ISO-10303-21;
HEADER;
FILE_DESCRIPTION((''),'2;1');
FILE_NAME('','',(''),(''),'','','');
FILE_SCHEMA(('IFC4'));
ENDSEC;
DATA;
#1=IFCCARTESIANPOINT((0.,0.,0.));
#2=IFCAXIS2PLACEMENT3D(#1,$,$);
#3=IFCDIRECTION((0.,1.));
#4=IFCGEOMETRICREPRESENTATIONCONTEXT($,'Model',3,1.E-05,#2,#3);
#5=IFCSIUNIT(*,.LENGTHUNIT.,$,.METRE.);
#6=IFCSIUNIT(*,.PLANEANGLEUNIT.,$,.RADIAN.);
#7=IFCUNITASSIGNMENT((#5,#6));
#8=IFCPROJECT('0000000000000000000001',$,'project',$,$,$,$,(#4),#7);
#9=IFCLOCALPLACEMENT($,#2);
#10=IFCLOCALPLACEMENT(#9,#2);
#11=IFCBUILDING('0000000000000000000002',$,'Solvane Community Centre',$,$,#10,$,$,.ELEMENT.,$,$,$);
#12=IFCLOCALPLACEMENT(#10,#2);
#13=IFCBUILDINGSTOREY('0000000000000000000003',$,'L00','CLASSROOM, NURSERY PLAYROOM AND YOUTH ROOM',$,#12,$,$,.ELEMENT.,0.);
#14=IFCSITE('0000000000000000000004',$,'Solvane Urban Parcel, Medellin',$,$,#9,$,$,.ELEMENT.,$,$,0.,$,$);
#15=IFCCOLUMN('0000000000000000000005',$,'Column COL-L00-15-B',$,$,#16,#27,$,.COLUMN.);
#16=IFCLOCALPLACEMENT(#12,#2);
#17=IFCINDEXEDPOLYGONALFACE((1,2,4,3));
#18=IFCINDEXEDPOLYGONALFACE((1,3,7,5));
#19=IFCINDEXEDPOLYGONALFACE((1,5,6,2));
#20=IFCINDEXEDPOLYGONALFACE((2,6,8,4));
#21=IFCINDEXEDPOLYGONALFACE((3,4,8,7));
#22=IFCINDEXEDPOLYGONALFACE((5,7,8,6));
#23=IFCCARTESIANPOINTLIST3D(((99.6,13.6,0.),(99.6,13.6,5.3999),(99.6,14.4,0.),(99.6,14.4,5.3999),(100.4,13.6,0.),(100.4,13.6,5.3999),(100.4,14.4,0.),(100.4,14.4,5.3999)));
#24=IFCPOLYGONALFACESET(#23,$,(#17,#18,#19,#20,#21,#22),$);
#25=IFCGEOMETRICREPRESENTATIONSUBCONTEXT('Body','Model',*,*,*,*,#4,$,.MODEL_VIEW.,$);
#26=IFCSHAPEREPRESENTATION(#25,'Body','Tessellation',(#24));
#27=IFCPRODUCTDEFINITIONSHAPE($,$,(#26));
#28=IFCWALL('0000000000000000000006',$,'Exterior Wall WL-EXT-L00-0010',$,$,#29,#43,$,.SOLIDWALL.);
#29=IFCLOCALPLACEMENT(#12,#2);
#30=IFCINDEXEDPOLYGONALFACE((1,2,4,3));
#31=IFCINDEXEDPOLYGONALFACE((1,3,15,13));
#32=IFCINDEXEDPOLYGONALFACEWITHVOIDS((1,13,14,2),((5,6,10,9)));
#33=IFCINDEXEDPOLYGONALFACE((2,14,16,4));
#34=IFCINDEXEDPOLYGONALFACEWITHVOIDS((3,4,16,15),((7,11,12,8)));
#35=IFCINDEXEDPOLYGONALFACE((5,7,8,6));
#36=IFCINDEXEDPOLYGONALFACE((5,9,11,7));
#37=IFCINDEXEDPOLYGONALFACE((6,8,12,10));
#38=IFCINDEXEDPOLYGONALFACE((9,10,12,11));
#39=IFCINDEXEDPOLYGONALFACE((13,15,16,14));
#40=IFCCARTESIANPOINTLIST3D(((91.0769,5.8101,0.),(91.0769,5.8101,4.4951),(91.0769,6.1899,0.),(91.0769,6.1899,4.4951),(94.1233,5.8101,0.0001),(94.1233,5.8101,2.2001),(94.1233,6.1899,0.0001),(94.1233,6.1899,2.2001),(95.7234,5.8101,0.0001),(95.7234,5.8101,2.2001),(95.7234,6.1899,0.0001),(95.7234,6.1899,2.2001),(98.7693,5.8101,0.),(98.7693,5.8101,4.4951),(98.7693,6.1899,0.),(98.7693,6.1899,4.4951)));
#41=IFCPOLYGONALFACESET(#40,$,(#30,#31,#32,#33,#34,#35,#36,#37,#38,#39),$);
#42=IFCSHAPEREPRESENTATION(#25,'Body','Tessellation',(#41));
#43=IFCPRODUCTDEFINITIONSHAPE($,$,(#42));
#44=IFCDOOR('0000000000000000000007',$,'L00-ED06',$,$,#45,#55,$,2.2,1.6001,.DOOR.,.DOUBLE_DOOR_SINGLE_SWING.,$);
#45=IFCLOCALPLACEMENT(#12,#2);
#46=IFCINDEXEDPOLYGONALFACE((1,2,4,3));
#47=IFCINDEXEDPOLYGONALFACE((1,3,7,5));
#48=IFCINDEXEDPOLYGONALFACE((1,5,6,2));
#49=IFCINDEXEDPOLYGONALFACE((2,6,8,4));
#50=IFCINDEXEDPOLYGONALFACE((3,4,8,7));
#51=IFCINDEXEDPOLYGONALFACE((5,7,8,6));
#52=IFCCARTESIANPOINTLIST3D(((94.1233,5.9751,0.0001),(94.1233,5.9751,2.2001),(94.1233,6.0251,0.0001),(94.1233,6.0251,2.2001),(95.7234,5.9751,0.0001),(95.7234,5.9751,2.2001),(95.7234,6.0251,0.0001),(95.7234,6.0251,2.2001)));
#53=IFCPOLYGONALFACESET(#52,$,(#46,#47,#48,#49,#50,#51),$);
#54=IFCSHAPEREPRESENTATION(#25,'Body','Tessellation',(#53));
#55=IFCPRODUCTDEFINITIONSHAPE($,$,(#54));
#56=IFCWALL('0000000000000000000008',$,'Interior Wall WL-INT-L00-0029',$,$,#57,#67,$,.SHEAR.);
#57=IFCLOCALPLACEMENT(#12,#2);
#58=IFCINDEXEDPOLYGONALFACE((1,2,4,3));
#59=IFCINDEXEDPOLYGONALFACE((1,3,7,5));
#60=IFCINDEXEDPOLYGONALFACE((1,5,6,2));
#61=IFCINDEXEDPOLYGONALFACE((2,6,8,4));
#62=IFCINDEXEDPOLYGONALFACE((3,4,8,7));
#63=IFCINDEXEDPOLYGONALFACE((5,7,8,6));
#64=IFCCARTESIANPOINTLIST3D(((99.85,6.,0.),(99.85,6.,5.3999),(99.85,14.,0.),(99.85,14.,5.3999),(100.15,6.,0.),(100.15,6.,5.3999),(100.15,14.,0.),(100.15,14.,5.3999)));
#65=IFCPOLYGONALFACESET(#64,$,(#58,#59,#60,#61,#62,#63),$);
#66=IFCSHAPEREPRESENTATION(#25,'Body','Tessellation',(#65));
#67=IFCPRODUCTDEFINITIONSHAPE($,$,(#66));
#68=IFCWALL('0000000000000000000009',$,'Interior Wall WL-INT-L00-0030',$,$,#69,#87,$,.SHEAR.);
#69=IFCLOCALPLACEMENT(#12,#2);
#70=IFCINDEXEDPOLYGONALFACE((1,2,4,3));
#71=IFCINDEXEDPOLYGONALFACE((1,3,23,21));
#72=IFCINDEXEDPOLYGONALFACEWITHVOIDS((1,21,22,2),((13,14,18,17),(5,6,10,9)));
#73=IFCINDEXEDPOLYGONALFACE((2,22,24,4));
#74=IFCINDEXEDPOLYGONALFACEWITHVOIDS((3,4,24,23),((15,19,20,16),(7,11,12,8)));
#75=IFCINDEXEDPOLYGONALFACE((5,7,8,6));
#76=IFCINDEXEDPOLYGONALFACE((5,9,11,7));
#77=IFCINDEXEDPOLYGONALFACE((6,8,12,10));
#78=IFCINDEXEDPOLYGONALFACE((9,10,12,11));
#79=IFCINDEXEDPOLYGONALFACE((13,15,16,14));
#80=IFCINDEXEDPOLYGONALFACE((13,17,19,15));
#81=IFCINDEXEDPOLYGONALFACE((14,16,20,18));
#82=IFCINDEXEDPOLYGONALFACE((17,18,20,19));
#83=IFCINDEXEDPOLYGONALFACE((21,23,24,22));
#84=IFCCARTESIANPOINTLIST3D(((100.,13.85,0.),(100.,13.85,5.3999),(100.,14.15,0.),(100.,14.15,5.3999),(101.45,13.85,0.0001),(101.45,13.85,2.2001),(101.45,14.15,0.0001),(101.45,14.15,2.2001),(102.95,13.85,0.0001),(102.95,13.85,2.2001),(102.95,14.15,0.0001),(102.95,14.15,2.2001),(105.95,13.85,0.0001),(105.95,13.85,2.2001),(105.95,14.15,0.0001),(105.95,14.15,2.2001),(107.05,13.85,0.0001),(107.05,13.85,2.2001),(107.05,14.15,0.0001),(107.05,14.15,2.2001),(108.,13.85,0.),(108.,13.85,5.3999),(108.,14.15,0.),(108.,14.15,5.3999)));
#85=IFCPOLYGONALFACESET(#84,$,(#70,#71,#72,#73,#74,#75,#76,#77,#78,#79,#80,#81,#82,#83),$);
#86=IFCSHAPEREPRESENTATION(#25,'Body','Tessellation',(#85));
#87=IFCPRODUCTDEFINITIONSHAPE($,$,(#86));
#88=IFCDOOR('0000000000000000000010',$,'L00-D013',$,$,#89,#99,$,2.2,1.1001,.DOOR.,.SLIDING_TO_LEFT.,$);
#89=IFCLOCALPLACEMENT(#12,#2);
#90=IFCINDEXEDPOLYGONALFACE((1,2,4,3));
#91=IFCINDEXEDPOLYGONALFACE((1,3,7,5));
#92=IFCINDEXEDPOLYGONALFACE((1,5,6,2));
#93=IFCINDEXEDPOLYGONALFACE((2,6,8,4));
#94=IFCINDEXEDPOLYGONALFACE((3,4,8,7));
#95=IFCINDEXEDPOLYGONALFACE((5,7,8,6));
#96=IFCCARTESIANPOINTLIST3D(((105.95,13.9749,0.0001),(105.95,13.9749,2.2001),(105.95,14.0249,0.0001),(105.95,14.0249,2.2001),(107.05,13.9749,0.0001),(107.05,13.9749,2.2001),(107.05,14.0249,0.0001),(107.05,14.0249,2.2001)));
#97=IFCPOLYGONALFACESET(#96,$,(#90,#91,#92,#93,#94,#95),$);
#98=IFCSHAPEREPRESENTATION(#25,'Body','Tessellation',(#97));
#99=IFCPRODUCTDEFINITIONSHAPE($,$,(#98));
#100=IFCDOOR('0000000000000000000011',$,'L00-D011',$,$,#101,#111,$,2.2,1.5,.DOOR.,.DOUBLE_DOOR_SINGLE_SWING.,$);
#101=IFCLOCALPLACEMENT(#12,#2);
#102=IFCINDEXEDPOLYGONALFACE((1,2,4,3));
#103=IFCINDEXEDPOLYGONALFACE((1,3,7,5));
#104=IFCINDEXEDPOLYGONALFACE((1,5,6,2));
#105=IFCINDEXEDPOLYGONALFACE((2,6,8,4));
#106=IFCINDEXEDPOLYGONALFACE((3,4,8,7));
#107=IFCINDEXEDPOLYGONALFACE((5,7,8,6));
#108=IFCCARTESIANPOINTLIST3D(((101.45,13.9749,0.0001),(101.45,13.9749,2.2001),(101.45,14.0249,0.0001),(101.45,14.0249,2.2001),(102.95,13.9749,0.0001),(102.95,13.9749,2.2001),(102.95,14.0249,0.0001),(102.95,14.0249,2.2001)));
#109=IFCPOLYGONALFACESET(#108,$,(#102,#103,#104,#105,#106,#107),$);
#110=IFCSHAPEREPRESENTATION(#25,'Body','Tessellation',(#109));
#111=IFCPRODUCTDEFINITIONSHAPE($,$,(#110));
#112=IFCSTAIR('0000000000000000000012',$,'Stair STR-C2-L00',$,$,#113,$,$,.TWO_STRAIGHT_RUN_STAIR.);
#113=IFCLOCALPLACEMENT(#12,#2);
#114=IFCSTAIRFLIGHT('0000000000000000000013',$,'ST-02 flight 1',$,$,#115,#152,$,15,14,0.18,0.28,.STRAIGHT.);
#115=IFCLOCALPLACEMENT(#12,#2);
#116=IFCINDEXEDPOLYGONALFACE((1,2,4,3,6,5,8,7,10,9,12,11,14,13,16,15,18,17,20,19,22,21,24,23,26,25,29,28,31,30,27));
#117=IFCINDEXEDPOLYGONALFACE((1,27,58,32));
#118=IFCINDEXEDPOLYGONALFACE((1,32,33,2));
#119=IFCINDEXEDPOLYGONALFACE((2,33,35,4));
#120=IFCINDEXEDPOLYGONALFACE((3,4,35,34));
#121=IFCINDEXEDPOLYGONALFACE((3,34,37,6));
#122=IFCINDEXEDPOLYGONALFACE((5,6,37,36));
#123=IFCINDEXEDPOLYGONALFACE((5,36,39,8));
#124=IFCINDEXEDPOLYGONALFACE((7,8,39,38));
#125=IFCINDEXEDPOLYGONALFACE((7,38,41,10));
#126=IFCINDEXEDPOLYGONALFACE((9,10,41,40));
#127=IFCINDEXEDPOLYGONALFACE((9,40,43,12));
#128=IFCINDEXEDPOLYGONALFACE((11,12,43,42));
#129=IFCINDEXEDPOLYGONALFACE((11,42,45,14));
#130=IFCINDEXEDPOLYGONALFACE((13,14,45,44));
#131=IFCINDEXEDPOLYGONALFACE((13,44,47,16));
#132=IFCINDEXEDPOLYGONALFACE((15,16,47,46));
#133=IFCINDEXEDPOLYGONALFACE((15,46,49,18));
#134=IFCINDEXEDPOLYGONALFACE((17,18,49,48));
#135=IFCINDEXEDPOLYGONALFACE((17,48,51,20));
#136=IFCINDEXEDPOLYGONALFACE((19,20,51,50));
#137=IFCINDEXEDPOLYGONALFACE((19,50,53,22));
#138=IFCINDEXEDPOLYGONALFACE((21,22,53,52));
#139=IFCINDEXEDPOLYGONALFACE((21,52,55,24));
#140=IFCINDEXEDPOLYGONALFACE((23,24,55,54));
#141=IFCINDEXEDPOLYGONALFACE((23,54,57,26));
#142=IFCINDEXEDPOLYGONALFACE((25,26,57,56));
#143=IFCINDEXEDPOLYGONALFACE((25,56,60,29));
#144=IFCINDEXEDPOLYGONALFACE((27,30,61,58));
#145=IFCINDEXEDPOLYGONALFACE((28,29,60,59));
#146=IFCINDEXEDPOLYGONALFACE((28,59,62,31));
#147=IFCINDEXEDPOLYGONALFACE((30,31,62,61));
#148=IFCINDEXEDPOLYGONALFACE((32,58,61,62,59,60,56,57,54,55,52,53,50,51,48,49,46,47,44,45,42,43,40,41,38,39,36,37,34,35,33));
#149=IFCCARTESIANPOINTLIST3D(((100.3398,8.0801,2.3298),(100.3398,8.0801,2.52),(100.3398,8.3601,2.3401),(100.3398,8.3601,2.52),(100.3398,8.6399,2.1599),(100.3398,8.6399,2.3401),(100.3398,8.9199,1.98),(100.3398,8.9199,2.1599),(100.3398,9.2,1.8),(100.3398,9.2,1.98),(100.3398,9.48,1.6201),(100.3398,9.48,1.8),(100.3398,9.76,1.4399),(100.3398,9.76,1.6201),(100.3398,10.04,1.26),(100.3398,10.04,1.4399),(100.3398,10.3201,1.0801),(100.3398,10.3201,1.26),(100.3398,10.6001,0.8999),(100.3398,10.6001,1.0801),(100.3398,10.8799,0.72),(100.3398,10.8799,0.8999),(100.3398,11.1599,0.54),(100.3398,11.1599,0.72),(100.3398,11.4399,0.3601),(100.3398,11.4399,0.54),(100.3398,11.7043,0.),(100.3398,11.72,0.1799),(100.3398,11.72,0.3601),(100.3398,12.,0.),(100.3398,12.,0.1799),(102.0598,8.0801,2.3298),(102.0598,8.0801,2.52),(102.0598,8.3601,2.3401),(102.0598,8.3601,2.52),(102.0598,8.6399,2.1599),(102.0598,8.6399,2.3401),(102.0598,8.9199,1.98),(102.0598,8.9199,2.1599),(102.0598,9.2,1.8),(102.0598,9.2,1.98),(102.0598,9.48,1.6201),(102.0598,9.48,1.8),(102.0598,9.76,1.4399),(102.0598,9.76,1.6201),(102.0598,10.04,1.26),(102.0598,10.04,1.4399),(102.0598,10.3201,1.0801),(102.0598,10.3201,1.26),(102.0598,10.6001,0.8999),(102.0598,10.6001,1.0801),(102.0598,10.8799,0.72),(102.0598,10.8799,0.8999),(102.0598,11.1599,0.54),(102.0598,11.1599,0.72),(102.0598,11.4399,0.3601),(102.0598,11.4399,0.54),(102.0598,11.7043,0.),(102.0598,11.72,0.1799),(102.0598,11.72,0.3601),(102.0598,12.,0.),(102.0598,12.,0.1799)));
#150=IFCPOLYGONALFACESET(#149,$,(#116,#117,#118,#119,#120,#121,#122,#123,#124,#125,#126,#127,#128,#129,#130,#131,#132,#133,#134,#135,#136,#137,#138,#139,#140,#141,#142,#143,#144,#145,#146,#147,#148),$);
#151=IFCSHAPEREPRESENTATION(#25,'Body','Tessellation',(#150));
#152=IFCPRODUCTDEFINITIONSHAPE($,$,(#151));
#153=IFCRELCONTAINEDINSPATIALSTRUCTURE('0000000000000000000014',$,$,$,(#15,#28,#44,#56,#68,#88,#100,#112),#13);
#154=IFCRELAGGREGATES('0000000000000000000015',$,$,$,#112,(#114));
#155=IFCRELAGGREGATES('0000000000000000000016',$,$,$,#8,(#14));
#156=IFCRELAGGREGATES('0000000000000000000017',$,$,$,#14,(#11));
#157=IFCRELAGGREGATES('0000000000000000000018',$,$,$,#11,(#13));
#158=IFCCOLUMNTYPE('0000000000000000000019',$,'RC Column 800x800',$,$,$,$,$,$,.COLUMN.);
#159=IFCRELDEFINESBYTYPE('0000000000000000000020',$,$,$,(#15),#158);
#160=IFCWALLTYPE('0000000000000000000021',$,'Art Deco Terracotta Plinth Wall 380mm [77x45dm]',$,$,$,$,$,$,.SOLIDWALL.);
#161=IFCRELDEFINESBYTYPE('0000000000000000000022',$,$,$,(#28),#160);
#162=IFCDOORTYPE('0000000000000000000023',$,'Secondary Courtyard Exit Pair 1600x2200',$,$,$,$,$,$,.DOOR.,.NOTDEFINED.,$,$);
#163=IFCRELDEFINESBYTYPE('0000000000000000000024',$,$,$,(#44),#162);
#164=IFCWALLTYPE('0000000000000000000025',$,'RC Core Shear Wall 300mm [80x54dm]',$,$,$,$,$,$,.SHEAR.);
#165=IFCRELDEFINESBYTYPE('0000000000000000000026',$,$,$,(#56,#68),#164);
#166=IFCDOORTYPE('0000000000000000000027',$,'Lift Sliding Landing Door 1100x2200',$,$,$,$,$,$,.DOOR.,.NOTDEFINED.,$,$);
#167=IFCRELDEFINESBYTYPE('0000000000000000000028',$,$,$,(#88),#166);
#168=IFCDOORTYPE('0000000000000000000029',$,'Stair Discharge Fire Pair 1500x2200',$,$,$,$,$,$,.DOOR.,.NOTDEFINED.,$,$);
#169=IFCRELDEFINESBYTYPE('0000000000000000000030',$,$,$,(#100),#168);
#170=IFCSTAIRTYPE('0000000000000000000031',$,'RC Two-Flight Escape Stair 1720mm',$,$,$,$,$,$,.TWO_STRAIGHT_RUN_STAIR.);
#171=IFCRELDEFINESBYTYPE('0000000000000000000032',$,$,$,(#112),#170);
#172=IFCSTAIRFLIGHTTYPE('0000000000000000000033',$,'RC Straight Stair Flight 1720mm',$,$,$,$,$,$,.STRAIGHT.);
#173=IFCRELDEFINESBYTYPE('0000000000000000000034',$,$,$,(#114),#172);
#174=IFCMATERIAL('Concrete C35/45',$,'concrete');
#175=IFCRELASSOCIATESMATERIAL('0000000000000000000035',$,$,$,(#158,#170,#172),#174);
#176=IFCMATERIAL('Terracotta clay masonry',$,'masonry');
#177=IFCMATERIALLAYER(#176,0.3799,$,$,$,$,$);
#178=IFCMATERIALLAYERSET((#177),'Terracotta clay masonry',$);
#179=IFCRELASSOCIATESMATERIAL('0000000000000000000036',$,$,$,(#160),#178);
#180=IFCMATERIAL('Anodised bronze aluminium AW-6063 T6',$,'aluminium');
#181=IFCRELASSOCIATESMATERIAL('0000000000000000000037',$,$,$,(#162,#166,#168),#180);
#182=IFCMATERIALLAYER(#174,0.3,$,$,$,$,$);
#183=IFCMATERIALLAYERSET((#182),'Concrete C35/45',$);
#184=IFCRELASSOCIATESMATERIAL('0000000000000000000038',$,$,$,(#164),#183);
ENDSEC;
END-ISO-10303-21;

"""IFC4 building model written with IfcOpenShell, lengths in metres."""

from ifc_helpers import new_model, si_unit, direction, frame, frame_2d, origin, origin_2d, place, context, subcontext, project, spatial, polyline, rectangle, outline, extrude, material, layer, layer_set, material_profile, profile_set, type_object, element, fill, aggregate, save


model = new_model("IFC4")

# Units and contexts
model_context = context("Model", 3, precision=1e-05, world=origin(), true_north=direction((0.0, 1.0)))
body_context = subcontext(model_context, "Body", "Model", "MODEL_VIEW")
ifc_project = project(units=[si_unit("LENGTHUNIT", "METRE"), si_unit("PLANEANGLEUNIT", "RADIAN")], contexts=[model_context])

# Site, building, storey
site_placement = place(None, origin())
site = spatial("IfcSite", under=ifc_project, at=site_placement, Name="Solvane Urban Parcel, Medellin", CompositionType="ELEMENT", RefElevation=0.0)
building_placement = place(site_placement, origin())
building = spatial("IfcBuilding", under=site, at=building_placement, Name="Solvane Community Centre", CompositionType="ELEMENT")
storey_placement = place(building_placement, origin())
storey = spatial("IfcBuildingStorey", under=building, at=storey_placement, Name="L00", Description="CLASSROOM, NURSERY PLAYROOM AND YOUTH ROOM", CompositionType="ELEMENT", Elevation=0.0)

# Column
ifc_material_1 = material(Name="Concrete C35/45", Category="concrete")
ifc_material_profile_1 = material_profile(ifc_material_1, rectangle(XDim=0.8, YDim=0.8, at=origin_2d()), Name="RC 800x800")
ifc_profile_set_1 = profile_set([ifc_material_profile_1], Name="Concrete C35/45")
column_type_1 = type_object("IfcColumnType", Name="RC Column 800x800", PredefinedType="COLUMN", material=ifc_profile_set_1)
for number, where, z_axis, x_axis, name in (
    (1, (100.0, 14.0, 0.0), (0.0, 0.0, 1.0), (1.0, 0.0, 0.0), "Column COL-L00-15-B"),
):
    element("IfcColumn", number, at=place(storey_placement, frame(where, z_axis=z_axis, x_axis=x_axis)), inside=storey, type_object=column_type_1, Name=name, PredefinedType="COLUMN", context=body_context, shape_type="SweptSolid", body=[
        extrude(rectangle(XDim=0.8, YDim=0.8, at=origin_2d()), origin(), (0.0, 0.0, 1.0), 5.3999),
    ])

# Wall, opening, door
ifc_material_2 = material(Name="Terracotta clay masonry", Category="masonry")
ifc_layer_1 = layer(ifc_material_2, 0.3799)
ifc_layer_set_1 = layer_set([ifc_layer_1], Name="Terracotta clay masonry")
wall_type_1 = type_object("IfcWallType", Name="Art Deco Terracotta Plinth Wall 380mm [77x45dm]", PredefinedType="SOLIDWALL", material=ifc_layer_set_1)
wall_1_placement = place(storey_placement, frame((98.7693, 6.0, 0.0), z_axis=(0.0, 0.0, 1.0), x_axis=(-1.0, 0.0, 0.0)))
wall_1 = element("IfcWall", 2, at=wall_1_placement, inside=storey, type_object=wall_type_1, Name="Exterior Wall WL-EXT-L00-0010", PredefinedType="SOLIDWALL", context=body_context, shape_type="SweptSolid", body=[
    extrude(rectangle(XDim=7.6924, YDim=0.3799, at=frame_2d((3.8462, 0.0))), origin(), (0.0, 0.0, 1.0), 4.4951),
])
opening_1_placement = place(wall_1_placement, frame((3.0459, 0.0, 0.0)))
opening_1 = element("IfcOpeningElement", 3, at=opening_1_placement, cuts=wall_1, PredefinedType="OPENING", context=body_context, shape_type="SweptSolid", body=[
    extrude(rectangle(XDim=1.6001, YDim=2.2, at=frame_2d((0.8, 1.1001))), frame((0.0, 0.2, 0.0), z_axis=(0.0, -1.0, 0.0), x_axis=(1.0, 0.0, 0.0)), (0.0, 0.0, 1.0), 0.3999),
])
ifc_material_3 = material(Name="Anodised bronze aluminium AW-6063 T6", Category="aluminium")
door_type_1 = type_object("IfcDoorType", Name="Secondary Courtyard Exit Pair 1600x2200", OperationType="NOTDEFINED", PredefinedType="DOOR", material=ifc_material_3)
door_1_placement = place(opening_1_placement, origin())
door_1 = element("IfcDoor", 4, at=door_1_placement, inside=storey, type_object=door_type_1, Name="L00-ED06", OperationType="DOUBLE_DOOR_SINGLE_SWING", OverallHeight=2.2, OverallWidth=1.6001, PredefinedType="DOOR", context=body_context, shape_type="SweptSolid", body=[
    extrude(rectangle(XDim=1.6001, YDim=2.2, at=frame_2d((0.8, 1.1001))), frame((0.0, 0.0249, 0.0), z_axis=(0.0, -1.0, 0.0), x_axis=(1.0, 0.0, 0.0)), (0.0, 0.0, 1.0), 0.05),
])
fill(opening_1, door_1)

# Wall
ifc_layer_2 = layer(ifc_material_1, 0.3)
ifc_layer_set_2 = layer_set([ifc_layer_2], Name="Concrete C35/45")
wall_type_2 = type_object("IfcWallType", Name="RC Core Shear Wall 300mm [80x54dm]", PredefinedType="SHEAR", material=ifc_layer_set_2)
wall_2_placement = place(storey_placement, frame((100.0, 6.0, 0.0), z_axis=(0.0, 0.0, 1.0), x_axis=(0.0, 1.0, 0.0)))
element("IfcWall", 5, at=wall_2_placement, inside=storey, type_object=wall_type_2, Name="Interior Wall WL-INT-L00-0029", PredefinedType="SHEAR", context=body_context, shape_type="SweptSolid", body=[
    extrude(rectangle(XDim=8.0, YDim=0.3, at=frame_2d((4.0, 0.0))), origin(), (0.0, 0.0, 1.0), 5.3999),
])

# Wall, openings, doors
wall_3_placement = place(storey_placement, frame((100.0, 14.0, 0.0), z_axis=(0.0, 0.0, 1.0), x_axis=(1.0, 0.0, 0.0)))
wall_3 = element("IfcWall", 6, at=wall_3_placement, inside=storey, type_object=wall_type_2, Name="Interior Wall WL-INT-L00-0030", PredefinedType="SHEAR", context=body_context, shape_type="SweptSolid", body=[
    extrude(rectangle(XDim=8.0, YDim=0.3, at=frame_2d((4.0, 0.0))), origin(), (0.0, 0.0, 1.0), 5.3999),
])
opening_2_placement = place(wall_3_placement, frame((1.45, 0.0, 0.0)))
opening_2 = element("IfcOpeningElement", 7, at=opening_2_placement, cuts=wall_3, PredefinedType="OPENING", context=body_context, shape_type="SweptSolid", body=[
    extrude(rectangle(XDim=1.5, YDim=2.2, at=frame_2d((0.75, 1.1001))), frame((0.0, 0.1599, 0.0), z_axis=(0.0, -1.0, 0.0), x_axis=(1.0, 0.0, 0.0)), (0.0, 0.0, 1.0), 0.3201),
])
opening_3_placement = place(wall_3_placement, frame((5.95, 0.0, 0.0)))
opening_3 = element("IfcOpeningElement", 8, at=opening_3_placement, cuts=wall_3, PredefinedType="OPENING", context=body_context, shape_type="SweptSolid", body=[
    extrude(rectangle(XDim=1.1001, YDim=2.2, at=frame_2d((0.55, 1.1001))), frame((0.0, 0.1599, 0.0), z_axis=(0.0, -1.0, 0.0), x_axis=(1.0, 0.0, 0.0)), (0.0, 0.0, 1.0), 0.3201),
])
door_type_2 = type_object("IfcDoorType", Name="Lift Sliding Landing Door 1100x2200", OperationType="NOTDEFINED", PredefinedType="DOOR", material=ifc_material_3)
door_2_placement = place(opening_3_placement, origin())
door_2 = element("IfcDoor", 9, at=door_2_placement, inside=storey, type_object=door_type_2, Name="L00-D013", OperationType="SLIDING_TO_LEFT", OverallHeight=2.2, OverallWidth=1.1001, PredefinedType="DOOR", context=body_context, shape_type="SweptSolid", body=[
    extrude(rectangle(XDim=1.1001, YDim=2.2, at=frame_2d((0.55, 1.1001))), frame((0.0, 0.0249, 0.0), z_axis=(0.0, -1.0, 0.0), x_axis=(1.0, 0.0, 0.0)), (0.0, 0.0, 1.0), 0.05),
])
fill(opening_3, door_2)
door_type_3 = type_object("IfcDoorType", Name="Stair Discharge Fire Pair 1500x2200", OperationType="NOTDEFINED", PredefinedType="DOOR", material=ifc_material_3)
door_3_placement = place(opening_2_placement, origin())
door_3 = element("IfcDoor", 10, at=door_3_placement, inside=storey, type_object=door_type_3, Name="L00-D011", OperationType="DOUBLE_DOOR_SINGLE_SWING", OverallHeight=2.2, OverallWidth=1.5, PredefinedType="DOOR", context=body_context, shape_type="SweptSolid", body=[
    extrude(rectangle(XDim=1.5, YDim=2.2, at=frame_2d((0.75, 1.1001))), frame((0.0, 0.0249, 0.0), z_axis=(0.0, -1.0, 0.0), x_axis=(1.0, 0.0, 0.0)), (0.0, 0.0, 1.0), 0.05),
])
fill(opening_2, door_3)

# Stair, stair flight
stair_type = type_object("IfcStairType", Name="RC Two-Flight Escape Stair 1720mm", PredefinedType="TWO_STRAIGHT_RUN_STAIR", material=ifc_material_1)
stair_placement = place(storey_placement, origin())
stair = element("IfcStair", 11, at=stair_placement, inside=storey, type_object=stair_type, Name="Stair STR-C2-L00", PredefinedType="TWO_STRAIGHT_RUN_STAIR")
stair_flight_type = type_object("IfcStairFlightType", Name="RC Straight Stair Flight 1720mm", PredefinedType="STRAIGHT", material=ifc_material_1)
stair_flight_placement = place(storey_placement, frame((101.2, 12.0, 0.0), z_axis=(0.0, 0.0, 1.0), x_axis=(0.0, -1.0, 0.0)))
stair_flight = element("IfcStairFlight", 12, at=stair_flight_placement, type_object=stair_flight_type, Name="ST-02 flight 1", NumberOfRisers=15, NumberOfTreads=14, PredefinedType="STRAIGHT", RiserHeight=0.18, TreadLength=0.28, context=body_context, shape_type="SweptSolid", body=[
    extrude(outline(polyline([(0.0, 0.0), (0.0, 0.1799), (0.28, 0.1799), (0.28, 0.3601), (0.5601, 0.3601), (0.5601, 0.54), (0.8401, 0.54), (0.8401, 0.72), (1.1201, 0.72), (1.1201, 0.8999), (1.3999, 0.8999), (1.3999, 1.0801), (1.6799, 1.0801), (1.6799, 1.26), (1.96, 1.26), (1.96, 1.4399), (2.24, 1.4399), (2.24, 1.6201), (2.52, 1.6201), (2.52, 1.8), (2.8, 1.8), (2.8, 1.98), (3.0801, 1.98), (3.0801, 2.1599), (3.3601, 2.1599), (3.3601, 2.3401), (3.6399, 2.3401), (3.6399, 2.52), (3.9199, 2.52), (3.9199, 2.7), (3.9199, 2.3298), (0.2957, 0.0), (0.0, 0.0)])), frame((0.0, 0.8599, 0.0), z_axis=(0.0, -1.0, 0.0), x_axis=(1.0, 0.0, 0.0)), (0.0, 0.0, 1.0), 1.72),
])
aggregate(stair, [stair_flight])

save(model, "model.ifc")
